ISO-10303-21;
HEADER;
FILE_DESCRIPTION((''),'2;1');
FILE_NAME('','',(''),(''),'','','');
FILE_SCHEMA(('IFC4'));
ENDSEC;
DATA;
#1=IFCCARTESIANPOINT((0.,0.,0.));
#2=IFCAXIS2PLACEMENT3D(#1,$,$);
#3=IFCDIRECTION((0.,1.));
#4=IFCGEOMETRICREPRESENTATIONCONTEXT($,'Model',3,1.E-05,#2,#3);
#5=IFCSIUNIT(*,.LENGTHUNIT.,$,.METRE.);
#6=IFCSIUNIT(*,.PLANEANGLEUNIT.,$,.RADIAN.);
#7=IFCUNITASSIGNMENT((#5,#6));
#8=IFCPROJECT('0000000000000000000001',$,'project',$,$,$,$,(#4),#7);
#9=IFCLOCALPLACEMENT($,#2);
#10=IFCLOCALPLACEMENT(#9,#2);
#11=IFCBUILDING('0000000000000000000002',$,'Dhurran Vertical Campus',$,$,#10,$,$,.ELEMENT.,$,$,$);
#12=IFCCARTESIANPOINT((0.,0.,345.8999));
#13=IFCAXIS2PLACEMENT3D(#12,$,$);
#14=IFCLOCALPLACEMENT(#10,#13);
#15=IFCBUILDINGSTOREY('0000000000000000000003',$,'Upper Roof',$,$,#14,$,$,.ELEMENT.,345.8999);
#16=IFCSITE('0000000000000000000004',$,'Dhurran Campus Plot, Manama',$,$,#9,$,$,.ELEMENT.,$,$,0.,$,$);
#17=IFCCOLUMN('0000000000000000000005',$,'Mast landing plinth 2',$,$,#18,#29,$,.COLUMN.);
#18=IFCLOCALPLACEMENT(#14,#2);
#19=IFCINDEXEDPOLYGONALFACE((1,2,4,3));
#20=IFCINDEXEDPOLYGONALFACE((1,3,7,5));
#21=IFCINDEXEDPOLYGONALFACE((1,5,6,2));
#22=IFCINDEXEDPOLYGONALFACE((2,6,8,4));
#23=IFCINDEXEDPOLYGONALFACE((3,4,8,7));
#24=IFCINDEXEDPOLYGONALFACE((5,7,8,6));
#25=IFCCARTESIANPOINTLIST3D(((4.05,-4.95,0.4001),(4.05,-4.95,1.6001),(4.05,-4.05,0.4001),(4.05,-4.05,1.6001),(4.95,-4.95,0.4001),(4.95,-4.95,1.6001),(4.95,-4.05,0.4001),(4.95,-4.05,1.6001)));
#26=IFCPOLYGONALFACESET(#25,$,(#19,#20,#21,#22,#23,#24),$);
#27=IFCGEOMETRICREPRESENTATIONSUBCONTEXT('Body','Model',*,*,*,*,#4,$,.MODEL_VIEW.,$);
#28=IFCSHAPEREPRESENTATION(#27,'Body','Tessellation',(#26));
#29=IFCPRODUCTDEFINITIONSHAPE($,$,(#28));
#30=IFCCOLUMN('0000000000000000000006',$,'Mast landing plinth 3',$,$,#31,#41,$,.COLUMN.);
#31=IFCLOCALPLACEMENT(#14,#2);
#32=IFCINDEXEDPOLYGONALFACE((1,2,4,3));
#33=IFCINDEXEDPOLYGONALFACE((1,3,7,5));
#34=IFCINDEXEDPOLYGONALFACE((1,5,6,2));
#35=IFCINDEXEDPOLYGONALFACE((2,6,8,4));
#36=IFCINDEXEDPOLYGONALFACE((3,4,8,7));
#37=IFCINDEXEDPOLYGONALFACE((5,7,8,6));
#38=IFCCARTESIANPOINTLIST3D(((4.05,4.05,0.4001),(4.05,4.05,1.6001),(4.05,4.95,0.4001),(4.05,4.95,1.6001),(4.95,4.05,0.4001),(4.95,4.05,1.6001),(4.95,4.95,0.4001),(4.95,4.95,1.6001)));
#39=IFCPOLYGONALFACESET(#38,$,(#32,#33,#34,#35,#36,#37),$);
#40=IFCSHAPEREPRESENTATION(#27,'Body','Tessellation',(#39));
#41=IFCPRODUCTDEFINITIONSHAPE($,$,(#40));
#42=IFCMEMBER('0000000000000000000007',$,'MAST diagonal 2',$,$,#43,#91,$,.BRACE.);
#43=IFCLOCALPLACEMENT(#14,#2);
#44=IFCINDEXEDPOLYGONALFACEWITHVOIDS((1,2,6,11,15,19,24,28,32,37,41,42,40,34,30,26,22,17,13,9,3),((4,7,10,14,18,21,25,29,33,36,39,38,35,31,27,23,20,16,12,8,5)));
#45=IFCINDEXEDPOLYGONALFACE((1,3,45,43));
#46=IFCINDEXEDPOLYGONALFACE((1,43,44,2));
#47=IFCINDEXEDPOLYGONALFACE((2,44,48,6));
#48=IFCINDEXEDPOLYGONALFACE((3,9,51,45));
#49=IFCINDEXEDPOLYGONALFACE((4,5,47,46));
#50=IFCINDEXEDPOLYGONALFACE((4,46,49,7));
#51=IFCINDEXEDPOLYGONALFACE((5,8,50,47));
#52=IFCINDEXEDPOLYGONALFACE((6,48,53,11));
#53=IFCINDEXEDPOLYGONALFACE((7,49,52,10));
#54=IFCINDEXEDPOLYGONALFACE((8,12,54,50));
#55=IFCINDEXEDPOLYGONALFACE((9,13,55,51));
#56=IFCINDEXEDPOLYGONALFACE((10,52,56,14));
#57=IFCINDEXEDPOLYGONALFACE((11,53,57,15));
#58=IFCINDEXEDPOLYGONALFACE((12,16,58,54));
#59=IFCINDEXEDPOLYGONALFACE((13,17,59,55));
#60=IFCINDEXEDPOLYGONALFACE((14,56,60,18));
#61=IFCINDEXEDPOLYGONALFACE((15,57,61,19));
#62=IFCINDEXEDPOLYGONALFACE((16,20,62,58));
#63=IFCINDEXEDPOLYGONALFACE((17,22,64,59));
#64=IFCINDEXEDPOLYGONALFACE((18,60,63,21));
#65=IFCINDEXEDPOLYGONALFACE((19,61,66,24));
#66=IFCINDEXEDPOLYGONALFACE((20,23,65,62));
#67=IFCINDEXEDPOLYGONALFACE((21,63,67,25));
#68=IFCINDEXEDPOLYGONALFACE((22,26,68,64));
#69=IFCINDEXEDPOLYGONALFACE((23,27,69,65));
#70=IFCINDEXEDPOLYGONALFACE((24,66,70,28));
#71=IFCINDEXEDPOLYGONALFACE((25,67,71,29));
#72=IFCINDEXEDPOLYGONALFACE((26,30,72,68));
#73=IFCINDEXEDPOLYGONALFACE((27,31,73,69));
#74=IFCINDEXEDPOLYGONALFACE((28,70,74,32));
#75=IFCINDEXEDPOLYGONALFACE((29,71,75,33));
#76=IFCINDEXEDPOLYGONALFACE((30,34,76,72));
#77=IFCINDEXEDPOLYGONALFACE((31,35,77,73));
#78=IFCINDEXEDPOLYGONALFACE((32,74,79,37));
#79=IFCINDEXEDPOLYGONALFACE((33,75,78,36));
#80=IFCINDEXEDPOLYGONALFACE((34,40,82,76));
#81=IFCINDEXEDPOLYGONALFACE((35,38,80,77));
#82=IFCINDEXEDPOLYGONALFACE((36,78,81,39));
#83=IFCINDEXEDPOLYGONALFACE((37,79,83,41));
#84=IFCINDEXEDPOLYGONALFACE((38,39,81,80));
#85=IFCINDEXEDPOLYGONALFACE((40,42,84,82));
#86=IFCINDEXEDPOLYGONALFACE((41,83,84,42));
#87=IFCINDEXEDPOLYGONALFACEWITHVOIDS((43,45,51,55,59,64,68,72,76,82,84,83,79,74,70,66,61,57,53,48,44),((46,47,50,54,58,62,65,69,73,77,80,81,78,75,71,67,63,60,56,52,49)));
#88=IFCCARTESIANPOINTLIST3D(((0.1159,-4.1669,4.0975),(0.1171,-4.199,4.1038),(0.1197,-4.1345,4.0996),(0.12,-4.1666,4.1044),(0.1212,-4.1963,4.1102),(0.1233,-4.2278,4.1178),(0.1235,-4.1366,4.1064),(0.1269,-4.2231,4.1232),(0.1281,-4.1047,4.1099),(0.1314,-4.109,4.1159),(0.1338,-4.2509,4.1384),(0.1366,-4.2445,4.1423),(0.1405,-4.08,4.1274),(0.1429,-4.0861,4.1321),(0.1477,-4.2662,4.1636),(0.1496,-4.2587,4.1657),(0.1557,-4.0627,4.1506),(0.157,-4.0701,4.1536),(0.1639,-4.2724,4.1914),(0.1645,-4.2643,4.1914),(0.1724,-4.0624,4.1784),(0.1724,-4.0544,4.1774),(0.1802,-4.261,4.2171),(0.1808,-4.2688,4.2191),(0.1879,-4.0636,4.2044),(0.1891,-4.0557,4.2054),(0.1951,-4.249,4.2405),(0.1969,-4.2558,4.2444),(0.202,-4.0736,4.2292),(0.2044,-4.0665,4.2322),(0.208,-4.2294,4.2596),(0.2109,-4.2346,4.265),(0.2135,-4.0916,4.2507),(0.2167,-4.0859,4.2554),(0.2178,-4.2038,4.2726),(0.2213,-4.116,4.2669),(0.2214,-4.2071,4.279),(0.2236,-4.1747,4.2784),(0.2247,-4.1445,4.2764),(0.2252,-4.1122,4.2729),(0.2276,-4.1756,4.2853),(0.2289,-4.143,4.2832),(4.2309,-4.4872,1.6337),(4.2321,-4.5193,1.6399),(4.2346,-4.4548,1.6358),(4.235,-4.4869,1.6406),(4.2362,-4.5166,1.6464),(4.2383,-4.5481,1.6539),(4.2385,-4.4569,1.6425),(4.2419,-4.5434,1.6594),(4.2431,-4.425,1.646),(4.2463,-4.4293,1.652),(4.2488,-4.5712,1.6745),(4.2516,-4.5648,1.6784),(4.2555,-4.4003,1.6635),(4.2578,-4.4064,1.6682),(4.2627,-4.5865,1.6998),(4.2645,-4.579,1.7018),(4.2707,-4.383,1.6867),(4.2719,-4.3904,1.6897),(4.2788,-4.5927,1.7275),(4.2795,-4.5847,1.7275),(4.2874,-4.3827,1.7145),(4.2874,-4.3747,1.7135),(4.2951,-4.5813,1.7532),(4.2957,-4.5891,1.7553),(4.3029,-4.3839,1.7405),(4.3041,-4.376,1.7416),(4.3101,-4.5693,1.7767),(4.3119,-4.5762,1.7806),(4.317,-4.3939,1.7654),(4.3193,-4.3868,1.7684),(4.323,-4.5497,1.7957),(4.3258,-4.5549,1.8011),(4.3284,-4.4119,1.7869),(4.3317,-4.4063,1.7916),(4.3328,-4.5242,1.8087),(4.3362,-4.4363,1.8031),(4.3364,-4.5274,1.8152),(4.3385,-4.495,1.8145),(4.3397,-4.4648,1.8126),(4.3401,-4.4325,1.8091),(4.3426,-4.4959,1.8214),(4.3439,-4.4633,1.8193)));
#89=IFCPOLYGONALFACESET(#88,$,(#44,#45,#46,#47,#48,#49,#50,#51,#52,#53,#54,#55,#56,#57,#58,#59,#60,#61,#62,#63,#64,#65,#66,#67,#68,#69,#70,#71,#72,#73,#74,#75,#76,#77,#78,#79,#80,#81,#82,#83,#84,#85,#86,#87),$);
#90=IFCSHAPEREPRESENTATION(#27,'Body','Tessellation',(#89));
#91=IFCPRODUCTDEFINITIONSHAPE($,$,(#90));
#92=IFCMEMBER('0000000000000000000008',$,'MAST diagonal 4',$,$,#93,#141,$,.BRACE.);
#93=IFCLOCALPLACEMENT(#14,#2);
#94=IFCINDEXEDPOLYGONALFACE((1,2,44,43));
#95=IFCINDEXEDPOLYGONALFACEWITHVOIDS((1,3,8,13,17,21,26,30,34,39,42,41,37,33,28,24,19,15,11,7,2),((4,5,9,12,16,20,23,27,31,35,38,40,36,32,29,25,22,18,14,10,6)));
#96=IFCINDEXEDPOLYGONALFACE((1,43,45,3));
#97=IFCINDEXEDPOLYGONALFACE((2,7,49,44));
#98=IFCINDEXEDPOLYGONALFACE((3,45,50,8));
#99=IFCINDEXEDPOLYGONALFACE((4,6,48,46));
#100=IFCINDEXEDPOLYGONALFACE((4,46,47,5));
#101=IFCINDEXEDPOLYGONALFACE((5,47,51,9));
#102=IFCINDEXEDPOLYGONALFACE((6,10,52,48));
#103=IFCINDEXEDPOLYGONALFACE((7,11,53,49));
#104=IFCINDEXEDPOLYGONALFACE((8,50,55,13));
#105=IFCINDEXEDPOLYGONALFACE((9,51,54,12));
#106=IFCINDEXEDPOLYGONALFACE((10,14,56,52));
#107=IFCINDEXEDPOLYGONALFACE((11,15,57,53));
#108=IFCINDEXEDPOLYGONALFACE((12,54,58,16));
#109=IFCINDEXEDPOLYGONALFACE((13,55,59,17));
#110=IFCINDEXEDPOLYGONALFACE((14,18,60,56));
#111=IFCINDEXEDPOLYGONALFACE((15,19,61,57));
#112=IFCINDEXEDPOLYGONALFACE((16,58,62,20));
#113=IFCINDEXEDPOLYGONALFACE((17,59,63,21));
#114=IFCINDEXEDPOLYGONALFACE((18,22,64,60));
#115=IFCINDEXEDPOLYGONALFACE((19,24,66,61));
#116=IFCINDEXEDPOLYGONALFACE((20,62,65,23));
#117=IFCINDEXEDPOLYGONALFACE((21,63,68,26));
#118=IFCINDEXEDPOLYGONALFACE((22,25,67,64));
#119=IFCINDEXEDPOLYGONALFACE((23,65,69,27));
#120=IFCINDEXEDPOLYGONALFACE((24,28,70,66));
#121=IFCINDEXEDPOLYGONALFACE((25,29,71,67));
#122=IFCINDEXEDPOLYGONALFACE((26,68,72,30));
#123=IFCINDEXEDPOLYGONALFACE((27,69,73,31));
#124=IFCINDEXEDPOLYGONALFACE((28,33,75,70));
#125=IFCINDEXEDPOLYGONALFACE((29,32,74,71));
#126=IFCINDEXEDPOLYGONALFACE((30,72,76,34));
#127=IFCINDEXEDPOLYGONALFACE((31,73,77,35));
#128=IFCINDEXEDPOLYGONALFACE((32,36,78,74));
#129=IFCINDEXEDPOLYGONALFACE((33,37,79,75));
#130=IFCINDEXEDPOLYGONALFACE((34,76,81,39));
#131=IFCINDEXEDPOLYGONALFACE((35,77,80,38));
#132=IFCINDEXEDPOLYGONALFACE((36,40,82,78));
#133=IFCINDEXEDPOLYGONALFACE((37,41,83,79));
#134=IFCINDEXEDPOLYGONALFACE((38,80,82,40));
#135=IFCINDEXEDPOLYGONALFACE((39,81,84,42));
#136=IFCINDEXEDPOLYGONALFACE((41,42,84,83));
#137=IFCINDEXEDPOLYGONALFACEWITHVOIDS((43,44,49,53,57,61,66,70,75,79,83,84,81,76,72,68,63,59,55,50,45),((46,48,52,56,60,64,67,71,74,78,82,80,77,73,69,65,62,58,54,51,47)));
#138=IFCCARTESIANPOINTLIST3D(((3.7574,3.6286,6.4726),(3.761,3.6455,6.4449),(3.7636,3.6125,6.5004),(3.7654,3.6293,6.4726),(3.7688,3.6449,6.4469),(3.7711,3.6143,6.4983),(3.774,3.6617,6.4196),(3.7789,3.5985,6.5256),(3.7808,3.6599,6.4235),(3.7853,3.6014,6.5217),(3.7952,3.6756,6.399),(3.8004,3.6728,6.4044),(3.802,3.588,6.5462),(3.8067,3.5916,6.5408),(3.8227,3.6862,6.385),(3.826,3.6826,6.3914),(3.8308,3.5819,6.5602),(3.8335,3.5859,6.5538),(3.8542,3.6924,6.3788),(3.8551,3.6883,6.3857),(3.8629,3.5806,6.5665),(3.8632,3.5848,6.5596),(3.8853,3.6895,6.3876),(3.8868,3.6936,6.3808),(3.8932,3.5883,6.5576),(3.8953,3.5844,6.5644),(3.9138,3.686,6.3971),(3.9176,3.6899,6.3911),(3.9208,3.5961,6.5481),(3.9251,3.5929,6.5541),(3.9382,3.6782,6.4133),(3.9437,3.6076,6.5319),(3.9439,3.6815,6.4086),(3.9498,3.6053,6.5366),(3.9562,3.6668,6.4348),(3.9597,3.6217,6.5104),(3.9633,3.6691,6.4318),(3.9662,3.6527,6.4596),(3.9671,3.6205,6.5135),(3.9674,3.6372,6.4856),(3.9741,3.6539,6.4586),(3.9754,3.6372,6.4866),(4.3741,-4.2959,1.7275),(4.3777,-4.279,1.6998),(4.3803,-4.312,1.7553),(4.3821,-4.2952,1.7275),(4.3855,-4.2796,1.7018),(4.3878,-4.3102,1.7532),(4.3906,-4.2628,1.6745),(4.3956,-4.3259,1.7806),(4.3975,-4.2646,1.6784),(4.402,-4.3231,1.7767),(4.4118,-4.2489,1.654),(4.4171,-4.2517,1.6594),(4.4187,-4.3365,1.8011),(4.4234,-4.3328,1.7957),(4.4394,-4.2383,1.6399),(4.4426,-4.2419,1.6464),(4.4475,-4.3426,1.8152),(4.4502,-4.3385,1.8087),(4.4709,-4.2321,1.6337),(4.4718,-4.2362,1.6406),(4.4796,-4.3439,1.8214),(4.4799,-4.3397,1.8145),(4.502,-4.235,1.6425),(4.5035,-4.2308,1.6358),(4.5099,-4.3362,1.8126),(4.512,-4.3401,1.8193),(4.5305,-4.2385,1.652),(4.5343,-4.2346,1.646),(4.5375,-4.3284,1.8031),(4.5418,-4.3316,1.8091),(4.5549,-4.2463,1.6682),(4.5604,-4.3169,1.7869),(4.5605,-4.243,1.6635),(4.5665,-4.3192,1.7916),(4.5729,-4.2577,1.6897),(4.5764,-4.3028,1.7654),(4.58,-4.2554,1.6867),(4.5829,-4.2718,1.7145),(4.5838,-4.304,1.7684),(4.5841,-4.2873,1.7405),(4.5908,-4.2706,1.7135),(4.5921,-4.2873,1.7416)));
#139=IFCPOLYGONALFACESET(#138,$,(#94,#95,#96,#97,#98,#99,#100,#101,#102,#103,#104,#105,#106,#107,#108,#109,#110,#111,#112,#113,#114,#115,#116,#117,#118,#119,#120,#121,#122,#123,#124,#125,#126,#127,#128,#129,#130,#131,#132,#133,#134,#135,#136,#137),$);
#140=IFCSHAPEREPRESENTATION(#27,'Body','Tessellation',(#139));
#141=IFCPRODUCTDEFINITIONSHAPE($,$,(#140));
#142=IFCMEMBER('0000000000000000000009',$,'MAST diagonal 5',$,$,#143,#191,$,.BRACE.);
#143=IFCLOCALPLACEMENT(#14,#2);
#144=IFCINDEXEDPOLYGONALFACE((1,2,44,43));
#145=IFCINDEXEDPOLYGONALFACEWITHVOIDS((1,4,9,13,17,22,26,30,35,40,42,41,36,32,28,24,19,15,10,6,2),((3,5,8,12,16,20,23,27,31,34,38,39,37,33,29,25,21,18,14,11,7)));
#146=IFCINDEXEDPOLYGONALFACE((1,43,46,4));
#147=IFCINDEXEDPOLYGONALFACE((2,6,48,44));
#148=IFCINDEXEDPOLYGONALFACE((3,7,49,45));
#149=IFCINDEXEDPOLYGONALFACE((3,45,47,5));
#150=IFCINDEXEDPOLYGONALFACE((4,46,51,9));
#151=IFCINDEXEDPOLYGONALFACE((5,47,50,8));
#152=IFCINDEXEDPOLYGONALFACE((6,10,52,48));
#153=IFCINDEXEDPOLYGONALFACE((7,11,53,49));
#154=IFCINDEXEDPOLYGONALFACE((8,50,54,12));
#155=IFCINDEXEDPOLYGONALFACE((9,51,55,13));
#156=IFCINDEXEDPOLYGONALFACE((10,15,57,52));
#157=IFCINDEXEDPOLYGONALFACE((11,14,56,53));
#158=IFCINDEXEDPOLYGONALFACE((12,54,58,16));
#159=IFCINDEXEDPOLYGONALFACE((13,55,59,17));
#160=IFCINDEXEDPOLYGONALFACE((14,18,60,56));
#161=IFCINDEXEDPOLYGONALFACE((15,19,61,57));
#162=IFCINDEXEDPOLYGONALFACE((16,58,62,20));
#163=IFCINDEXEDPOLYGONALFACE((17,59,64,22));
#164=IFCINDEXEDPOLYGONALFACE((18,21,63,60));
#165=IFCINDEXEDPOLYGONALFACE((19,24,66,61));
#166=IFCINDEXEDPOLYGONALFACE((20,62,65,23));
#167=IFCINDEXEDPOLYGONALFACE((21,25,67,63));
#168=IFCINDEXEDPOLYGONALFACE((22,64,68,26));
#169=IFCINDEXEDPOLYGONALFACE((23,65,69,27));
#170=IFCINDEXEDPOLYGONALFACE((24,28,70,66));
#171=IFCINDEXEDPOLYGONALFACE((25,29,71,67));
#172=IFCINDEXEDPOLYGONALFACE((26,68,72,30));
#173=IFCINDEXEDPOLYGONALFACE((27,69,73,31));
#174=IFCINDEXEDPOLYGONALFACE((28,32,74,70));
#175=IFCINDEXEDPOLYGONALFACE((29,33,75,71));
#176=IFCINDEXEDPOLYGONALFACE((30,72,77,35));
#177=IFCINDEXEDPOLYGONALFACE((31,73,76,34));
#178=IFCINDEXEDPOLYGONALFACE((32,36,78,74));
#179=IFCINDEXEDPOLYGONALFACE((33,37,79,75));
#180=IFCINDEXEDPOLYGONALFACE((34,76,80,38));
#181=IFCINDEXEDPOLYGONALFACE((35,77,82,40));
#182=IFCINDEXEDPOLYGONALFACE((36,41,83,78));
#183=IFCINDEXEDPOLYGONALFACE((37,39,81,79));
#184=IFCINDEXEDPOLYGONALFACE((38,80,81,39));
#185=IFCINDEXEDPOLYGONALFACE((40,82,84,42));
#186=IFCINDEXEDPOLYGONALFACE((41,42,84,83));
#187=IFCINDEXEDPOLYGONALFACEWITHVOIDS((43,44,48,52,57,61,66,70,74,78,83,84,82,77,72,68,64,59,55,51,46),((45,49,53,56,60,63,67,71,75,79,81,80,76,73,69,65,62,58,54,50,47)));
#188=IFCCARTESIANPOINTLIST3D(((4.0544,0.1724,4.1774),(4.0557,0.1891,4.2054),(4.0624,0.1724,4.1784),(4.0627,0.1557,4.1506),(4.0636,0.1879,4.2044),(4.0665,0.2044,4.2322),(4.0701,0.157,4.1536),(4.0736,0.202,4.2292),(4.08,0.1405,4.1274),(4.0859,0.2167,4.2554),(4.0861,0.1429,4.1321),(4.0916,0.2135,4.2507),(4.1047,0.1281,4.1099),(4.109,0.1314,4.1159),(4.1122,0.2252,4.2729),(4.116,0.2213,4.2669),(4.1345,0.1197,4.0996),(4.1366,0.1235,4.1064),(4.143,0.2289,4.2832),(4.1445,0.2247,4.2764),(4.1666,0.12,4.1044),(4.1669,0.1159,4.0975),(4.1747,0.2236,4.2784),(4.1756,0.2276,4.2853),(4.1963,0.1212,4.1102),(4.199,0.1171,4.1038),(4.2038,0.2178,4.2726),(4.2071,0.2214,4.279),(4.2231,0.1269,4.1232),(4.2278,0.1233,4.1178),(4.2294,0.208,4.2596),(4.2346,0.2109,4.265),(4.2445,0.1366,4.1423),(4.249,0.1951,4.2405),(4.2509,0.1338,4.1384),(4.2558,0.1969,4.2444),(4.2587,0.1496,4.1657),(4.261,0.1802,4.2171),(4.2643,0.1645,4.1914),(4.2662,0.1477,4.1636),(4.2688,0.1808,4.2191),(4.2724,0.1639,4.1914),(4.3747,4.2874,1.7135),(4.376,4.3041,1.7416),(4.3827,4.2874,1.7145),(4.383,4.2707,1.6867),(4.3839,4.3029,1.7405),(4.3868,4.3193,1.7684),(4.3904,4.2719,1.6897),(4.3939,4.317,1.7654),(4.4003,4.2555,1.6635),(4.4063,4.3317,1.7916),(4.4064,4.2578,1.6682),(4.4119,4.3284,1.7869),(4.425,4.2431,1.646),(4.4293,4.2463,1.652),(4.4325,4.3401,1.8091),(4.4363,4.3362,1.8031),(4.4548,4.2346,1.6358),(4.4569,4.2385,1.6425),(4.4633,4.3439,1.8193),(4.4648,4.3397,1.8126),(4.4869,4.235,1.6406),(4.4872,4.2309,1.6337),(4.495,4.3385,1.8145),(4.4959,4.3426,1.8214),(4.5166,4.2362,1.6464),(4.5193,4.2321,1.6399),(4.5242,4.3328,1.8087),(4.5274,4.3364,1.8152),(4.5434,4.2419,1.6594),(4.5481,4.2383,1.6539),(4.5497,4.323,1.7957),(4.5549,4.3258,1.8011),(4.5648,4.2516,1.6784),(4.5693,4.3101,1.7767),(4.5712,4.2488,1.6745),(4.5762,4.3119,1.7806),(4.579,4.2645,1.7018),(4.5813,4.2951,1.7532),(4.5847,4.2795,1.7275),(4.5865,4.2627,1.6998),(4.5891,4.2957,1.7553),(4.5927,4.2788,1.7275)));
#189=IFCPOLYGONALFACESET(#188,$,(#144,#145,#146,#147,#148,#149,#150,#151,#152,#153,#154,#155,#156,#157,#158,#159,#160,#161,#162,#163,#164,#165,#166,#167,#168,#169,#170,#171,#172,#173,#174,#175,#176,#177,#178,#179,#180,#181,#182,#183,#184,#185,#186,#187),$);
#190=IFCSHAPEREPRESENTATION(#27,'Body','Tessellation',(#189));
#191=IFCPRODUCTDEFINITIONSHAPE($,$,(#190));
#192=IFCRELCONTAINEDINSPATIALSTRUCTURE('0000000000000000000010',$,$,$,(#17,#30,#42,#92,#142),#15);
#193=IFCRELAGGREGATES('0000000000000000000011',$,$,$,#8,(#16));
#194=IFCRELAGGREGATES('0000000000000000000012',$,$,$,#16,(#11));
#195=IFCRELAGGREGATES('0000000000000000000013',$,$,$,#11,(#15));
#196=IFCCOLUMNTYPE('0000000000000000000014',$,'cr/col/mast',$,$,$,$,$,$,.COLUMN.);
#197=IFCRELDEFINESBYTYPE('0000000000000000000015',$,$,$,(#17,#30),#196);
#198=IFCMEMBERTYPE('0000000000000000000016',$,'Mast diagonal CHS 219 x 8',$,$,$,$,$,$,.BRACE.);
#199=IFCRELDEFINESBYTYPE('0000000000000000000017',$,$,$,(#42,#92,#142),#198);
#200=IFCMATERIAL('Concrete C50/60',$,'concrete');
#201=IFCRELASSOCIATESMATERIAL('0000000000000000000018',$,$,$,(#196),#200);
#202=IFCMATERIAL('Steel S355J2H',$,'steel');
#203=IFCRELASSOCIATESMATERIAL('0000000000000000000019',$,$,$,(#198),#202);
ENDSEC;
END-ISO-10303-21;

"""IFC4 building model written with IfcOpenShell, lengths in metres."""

from ifc_helpers import new_model, si_unit, direction, frame, origin, origin_2d, place, context, subcontext, project, spatial, rectangle, hollow_circle, extrude, material, material_profile, profile_set, type_object, element, save


model = new_model("IFC4")

# Units and contexts
model_context = context("Model", 3, precision=1e-05, world=origin(), true_north=direction((0.0, 1.0)))
body_context = subcontext(model_context, "Body", "Model", "MODEL_VIEW")
ifc_project = project(units=[si_unit("LENGTHUNIT", "METRE"), si_unit("PLANEANGLEUNIT", "RADIAN")], contexts=[model_context])

# Site, building, storey
site_placement = place(None, origin())
site = spatial("IfcSite", under=ifc_project, at=site_placement, Name="Dhurran Campus Plot, Manama", CompositionType="ELEMENT", RefElevation=0.0)
building_placement = place(site_placement, origin())
building = spatial("IfcBuilding", under=site, at=building_placement, Name="Dhurran Vertical Campus", CompositionType="ELEMENT")
storey_placement = place(building_placement, frame((0.0, 0.0, 345.8999)))
storey = spatial("IfcBuildingStorey", under=building, at=storey_placement, Name="Upper Roof", CompositionType="ELEMENT", Elevation=345.8999)

# Columns
ifc_material_1 = material(Name="Concrete C50/60", Category="concrete")
ifc_material_profile_1 = material_profile(ifc_material_1, rectangle(XDim=0.8999, YDim=0.8999, at=origin_2d()), Name="cr/col/mast")
ifc_profile_set_1 = profile_set([ifc_material_profile_1], Name="Concrete C50/60")
column_type = type_object("IfcColumnType", Name="cr/col/mast", PredefinedType="COLUMN", material=ifc_profile_set_1)
for number, where, z_axis, x_axis, name in (
    (1, (4.5, -4.5, 0.4001), (0.0, 0.0, 1.0), (1.0, 0.0, 0.0), "Mast landing plinth 2"),
    (2, (4.5, 4.5, 0.4001), (0.0, 0.0, 1.0), (1.0, 0.0, 0.0), "Mast landing plinth 3"),
):
    element("IfcColumn", number, at=place(storey_placement, frame(where, z_axis=z_axis, x_axis=x_axis)), inside=storey, type_object=column_type, Name=name, PredefinedType="COLUMN", context=body_context, shape_type="SweptSolid", body=[
        extrude(rectangle(XDim=0.8999, YDim=0.8999, at=origin_2d()), origin(), (0.0, 0.0, 1.0), 1.2),
    ])

# Members
ifc_material_2 = material(Name="Steel S355J2H", Category="steel")
ifc_material_profile_2 = material_profile(ifc_material_2, hollow_circle(Radius=0.1096, WallThickness=0.0081, at=origin_2d()), Name="CHS219x8")
ifc_profile_set_2 = profile_set([ifc_material_profile_2], Name="Steel S355J2H")
member_type_1 = type_object("IfcMemberType", Name="Mast diagonal CHS 219 x 8", PredefinedType="BRACE", material=ifc_profile_set_2)
member_1_placement = place(storey_placement, frame((4.2874, -4.4834, 1.7275), z_axis=(-0.856057, 0.066636, 0.512568), x_axis=(-0.077606, -0.996984, 0.0)))
element("IfcMember", 3, at=member_1_placement, inside=storey, type_object=member_type_1, Name="MAST diagonal 2", PredefinedType="BRACE", context=body_context, shape_type="SweptSolid", body=[
    extrude(hollow_circle(Radius=0.1096, WallThickness=0.0081, at=origin_2d()), origin(), (0.0, 0.0, 1.0), 4.8069),
])
member_2_placement = place(storey_placement, frame((4.4834, -4.2874, 1.7275), z_axis=(-0.066619, 0.856046, 0.512589), x_axis=(-0.996986, -0.077587, 0.0)))
element("IfcMember", 4, at=member_2_placement, inside=storey, type_object=member_type_1, Name="MAST diagonal 4", PredefinedType="BRACE", context=body_context, shape_type="SweptSolid", body=[
    extrude(hollow_circle(Radius=0.1096, WallThickness=0.0081, at=origin_2d()), origin(), (0.0, 0.0, 1.0), 9.2571),
])
member_3_placement = place(storey_placement, frame((4.4834, 4.2874, 1.7275), z_axis=(-0.066636, -0.856057, 0.512568), x_axis=(0.996984, -0.077606, 0.0)))
element("IfcMember", 5, at=member_3_placement, inside=storey, type_object=member_type_1, Name="MAST diagonal 5", PredefinedType="BRACE", context=body_context, shape_type="SweptSolid", body=[
    extrude(hollow_circle(Radius=0.1096, WallThickness=0.0081, at=origin_2d()), origin(), (0.0, 0.0, 1.0), 4.8069),
])

save(model, "model.ifc")
